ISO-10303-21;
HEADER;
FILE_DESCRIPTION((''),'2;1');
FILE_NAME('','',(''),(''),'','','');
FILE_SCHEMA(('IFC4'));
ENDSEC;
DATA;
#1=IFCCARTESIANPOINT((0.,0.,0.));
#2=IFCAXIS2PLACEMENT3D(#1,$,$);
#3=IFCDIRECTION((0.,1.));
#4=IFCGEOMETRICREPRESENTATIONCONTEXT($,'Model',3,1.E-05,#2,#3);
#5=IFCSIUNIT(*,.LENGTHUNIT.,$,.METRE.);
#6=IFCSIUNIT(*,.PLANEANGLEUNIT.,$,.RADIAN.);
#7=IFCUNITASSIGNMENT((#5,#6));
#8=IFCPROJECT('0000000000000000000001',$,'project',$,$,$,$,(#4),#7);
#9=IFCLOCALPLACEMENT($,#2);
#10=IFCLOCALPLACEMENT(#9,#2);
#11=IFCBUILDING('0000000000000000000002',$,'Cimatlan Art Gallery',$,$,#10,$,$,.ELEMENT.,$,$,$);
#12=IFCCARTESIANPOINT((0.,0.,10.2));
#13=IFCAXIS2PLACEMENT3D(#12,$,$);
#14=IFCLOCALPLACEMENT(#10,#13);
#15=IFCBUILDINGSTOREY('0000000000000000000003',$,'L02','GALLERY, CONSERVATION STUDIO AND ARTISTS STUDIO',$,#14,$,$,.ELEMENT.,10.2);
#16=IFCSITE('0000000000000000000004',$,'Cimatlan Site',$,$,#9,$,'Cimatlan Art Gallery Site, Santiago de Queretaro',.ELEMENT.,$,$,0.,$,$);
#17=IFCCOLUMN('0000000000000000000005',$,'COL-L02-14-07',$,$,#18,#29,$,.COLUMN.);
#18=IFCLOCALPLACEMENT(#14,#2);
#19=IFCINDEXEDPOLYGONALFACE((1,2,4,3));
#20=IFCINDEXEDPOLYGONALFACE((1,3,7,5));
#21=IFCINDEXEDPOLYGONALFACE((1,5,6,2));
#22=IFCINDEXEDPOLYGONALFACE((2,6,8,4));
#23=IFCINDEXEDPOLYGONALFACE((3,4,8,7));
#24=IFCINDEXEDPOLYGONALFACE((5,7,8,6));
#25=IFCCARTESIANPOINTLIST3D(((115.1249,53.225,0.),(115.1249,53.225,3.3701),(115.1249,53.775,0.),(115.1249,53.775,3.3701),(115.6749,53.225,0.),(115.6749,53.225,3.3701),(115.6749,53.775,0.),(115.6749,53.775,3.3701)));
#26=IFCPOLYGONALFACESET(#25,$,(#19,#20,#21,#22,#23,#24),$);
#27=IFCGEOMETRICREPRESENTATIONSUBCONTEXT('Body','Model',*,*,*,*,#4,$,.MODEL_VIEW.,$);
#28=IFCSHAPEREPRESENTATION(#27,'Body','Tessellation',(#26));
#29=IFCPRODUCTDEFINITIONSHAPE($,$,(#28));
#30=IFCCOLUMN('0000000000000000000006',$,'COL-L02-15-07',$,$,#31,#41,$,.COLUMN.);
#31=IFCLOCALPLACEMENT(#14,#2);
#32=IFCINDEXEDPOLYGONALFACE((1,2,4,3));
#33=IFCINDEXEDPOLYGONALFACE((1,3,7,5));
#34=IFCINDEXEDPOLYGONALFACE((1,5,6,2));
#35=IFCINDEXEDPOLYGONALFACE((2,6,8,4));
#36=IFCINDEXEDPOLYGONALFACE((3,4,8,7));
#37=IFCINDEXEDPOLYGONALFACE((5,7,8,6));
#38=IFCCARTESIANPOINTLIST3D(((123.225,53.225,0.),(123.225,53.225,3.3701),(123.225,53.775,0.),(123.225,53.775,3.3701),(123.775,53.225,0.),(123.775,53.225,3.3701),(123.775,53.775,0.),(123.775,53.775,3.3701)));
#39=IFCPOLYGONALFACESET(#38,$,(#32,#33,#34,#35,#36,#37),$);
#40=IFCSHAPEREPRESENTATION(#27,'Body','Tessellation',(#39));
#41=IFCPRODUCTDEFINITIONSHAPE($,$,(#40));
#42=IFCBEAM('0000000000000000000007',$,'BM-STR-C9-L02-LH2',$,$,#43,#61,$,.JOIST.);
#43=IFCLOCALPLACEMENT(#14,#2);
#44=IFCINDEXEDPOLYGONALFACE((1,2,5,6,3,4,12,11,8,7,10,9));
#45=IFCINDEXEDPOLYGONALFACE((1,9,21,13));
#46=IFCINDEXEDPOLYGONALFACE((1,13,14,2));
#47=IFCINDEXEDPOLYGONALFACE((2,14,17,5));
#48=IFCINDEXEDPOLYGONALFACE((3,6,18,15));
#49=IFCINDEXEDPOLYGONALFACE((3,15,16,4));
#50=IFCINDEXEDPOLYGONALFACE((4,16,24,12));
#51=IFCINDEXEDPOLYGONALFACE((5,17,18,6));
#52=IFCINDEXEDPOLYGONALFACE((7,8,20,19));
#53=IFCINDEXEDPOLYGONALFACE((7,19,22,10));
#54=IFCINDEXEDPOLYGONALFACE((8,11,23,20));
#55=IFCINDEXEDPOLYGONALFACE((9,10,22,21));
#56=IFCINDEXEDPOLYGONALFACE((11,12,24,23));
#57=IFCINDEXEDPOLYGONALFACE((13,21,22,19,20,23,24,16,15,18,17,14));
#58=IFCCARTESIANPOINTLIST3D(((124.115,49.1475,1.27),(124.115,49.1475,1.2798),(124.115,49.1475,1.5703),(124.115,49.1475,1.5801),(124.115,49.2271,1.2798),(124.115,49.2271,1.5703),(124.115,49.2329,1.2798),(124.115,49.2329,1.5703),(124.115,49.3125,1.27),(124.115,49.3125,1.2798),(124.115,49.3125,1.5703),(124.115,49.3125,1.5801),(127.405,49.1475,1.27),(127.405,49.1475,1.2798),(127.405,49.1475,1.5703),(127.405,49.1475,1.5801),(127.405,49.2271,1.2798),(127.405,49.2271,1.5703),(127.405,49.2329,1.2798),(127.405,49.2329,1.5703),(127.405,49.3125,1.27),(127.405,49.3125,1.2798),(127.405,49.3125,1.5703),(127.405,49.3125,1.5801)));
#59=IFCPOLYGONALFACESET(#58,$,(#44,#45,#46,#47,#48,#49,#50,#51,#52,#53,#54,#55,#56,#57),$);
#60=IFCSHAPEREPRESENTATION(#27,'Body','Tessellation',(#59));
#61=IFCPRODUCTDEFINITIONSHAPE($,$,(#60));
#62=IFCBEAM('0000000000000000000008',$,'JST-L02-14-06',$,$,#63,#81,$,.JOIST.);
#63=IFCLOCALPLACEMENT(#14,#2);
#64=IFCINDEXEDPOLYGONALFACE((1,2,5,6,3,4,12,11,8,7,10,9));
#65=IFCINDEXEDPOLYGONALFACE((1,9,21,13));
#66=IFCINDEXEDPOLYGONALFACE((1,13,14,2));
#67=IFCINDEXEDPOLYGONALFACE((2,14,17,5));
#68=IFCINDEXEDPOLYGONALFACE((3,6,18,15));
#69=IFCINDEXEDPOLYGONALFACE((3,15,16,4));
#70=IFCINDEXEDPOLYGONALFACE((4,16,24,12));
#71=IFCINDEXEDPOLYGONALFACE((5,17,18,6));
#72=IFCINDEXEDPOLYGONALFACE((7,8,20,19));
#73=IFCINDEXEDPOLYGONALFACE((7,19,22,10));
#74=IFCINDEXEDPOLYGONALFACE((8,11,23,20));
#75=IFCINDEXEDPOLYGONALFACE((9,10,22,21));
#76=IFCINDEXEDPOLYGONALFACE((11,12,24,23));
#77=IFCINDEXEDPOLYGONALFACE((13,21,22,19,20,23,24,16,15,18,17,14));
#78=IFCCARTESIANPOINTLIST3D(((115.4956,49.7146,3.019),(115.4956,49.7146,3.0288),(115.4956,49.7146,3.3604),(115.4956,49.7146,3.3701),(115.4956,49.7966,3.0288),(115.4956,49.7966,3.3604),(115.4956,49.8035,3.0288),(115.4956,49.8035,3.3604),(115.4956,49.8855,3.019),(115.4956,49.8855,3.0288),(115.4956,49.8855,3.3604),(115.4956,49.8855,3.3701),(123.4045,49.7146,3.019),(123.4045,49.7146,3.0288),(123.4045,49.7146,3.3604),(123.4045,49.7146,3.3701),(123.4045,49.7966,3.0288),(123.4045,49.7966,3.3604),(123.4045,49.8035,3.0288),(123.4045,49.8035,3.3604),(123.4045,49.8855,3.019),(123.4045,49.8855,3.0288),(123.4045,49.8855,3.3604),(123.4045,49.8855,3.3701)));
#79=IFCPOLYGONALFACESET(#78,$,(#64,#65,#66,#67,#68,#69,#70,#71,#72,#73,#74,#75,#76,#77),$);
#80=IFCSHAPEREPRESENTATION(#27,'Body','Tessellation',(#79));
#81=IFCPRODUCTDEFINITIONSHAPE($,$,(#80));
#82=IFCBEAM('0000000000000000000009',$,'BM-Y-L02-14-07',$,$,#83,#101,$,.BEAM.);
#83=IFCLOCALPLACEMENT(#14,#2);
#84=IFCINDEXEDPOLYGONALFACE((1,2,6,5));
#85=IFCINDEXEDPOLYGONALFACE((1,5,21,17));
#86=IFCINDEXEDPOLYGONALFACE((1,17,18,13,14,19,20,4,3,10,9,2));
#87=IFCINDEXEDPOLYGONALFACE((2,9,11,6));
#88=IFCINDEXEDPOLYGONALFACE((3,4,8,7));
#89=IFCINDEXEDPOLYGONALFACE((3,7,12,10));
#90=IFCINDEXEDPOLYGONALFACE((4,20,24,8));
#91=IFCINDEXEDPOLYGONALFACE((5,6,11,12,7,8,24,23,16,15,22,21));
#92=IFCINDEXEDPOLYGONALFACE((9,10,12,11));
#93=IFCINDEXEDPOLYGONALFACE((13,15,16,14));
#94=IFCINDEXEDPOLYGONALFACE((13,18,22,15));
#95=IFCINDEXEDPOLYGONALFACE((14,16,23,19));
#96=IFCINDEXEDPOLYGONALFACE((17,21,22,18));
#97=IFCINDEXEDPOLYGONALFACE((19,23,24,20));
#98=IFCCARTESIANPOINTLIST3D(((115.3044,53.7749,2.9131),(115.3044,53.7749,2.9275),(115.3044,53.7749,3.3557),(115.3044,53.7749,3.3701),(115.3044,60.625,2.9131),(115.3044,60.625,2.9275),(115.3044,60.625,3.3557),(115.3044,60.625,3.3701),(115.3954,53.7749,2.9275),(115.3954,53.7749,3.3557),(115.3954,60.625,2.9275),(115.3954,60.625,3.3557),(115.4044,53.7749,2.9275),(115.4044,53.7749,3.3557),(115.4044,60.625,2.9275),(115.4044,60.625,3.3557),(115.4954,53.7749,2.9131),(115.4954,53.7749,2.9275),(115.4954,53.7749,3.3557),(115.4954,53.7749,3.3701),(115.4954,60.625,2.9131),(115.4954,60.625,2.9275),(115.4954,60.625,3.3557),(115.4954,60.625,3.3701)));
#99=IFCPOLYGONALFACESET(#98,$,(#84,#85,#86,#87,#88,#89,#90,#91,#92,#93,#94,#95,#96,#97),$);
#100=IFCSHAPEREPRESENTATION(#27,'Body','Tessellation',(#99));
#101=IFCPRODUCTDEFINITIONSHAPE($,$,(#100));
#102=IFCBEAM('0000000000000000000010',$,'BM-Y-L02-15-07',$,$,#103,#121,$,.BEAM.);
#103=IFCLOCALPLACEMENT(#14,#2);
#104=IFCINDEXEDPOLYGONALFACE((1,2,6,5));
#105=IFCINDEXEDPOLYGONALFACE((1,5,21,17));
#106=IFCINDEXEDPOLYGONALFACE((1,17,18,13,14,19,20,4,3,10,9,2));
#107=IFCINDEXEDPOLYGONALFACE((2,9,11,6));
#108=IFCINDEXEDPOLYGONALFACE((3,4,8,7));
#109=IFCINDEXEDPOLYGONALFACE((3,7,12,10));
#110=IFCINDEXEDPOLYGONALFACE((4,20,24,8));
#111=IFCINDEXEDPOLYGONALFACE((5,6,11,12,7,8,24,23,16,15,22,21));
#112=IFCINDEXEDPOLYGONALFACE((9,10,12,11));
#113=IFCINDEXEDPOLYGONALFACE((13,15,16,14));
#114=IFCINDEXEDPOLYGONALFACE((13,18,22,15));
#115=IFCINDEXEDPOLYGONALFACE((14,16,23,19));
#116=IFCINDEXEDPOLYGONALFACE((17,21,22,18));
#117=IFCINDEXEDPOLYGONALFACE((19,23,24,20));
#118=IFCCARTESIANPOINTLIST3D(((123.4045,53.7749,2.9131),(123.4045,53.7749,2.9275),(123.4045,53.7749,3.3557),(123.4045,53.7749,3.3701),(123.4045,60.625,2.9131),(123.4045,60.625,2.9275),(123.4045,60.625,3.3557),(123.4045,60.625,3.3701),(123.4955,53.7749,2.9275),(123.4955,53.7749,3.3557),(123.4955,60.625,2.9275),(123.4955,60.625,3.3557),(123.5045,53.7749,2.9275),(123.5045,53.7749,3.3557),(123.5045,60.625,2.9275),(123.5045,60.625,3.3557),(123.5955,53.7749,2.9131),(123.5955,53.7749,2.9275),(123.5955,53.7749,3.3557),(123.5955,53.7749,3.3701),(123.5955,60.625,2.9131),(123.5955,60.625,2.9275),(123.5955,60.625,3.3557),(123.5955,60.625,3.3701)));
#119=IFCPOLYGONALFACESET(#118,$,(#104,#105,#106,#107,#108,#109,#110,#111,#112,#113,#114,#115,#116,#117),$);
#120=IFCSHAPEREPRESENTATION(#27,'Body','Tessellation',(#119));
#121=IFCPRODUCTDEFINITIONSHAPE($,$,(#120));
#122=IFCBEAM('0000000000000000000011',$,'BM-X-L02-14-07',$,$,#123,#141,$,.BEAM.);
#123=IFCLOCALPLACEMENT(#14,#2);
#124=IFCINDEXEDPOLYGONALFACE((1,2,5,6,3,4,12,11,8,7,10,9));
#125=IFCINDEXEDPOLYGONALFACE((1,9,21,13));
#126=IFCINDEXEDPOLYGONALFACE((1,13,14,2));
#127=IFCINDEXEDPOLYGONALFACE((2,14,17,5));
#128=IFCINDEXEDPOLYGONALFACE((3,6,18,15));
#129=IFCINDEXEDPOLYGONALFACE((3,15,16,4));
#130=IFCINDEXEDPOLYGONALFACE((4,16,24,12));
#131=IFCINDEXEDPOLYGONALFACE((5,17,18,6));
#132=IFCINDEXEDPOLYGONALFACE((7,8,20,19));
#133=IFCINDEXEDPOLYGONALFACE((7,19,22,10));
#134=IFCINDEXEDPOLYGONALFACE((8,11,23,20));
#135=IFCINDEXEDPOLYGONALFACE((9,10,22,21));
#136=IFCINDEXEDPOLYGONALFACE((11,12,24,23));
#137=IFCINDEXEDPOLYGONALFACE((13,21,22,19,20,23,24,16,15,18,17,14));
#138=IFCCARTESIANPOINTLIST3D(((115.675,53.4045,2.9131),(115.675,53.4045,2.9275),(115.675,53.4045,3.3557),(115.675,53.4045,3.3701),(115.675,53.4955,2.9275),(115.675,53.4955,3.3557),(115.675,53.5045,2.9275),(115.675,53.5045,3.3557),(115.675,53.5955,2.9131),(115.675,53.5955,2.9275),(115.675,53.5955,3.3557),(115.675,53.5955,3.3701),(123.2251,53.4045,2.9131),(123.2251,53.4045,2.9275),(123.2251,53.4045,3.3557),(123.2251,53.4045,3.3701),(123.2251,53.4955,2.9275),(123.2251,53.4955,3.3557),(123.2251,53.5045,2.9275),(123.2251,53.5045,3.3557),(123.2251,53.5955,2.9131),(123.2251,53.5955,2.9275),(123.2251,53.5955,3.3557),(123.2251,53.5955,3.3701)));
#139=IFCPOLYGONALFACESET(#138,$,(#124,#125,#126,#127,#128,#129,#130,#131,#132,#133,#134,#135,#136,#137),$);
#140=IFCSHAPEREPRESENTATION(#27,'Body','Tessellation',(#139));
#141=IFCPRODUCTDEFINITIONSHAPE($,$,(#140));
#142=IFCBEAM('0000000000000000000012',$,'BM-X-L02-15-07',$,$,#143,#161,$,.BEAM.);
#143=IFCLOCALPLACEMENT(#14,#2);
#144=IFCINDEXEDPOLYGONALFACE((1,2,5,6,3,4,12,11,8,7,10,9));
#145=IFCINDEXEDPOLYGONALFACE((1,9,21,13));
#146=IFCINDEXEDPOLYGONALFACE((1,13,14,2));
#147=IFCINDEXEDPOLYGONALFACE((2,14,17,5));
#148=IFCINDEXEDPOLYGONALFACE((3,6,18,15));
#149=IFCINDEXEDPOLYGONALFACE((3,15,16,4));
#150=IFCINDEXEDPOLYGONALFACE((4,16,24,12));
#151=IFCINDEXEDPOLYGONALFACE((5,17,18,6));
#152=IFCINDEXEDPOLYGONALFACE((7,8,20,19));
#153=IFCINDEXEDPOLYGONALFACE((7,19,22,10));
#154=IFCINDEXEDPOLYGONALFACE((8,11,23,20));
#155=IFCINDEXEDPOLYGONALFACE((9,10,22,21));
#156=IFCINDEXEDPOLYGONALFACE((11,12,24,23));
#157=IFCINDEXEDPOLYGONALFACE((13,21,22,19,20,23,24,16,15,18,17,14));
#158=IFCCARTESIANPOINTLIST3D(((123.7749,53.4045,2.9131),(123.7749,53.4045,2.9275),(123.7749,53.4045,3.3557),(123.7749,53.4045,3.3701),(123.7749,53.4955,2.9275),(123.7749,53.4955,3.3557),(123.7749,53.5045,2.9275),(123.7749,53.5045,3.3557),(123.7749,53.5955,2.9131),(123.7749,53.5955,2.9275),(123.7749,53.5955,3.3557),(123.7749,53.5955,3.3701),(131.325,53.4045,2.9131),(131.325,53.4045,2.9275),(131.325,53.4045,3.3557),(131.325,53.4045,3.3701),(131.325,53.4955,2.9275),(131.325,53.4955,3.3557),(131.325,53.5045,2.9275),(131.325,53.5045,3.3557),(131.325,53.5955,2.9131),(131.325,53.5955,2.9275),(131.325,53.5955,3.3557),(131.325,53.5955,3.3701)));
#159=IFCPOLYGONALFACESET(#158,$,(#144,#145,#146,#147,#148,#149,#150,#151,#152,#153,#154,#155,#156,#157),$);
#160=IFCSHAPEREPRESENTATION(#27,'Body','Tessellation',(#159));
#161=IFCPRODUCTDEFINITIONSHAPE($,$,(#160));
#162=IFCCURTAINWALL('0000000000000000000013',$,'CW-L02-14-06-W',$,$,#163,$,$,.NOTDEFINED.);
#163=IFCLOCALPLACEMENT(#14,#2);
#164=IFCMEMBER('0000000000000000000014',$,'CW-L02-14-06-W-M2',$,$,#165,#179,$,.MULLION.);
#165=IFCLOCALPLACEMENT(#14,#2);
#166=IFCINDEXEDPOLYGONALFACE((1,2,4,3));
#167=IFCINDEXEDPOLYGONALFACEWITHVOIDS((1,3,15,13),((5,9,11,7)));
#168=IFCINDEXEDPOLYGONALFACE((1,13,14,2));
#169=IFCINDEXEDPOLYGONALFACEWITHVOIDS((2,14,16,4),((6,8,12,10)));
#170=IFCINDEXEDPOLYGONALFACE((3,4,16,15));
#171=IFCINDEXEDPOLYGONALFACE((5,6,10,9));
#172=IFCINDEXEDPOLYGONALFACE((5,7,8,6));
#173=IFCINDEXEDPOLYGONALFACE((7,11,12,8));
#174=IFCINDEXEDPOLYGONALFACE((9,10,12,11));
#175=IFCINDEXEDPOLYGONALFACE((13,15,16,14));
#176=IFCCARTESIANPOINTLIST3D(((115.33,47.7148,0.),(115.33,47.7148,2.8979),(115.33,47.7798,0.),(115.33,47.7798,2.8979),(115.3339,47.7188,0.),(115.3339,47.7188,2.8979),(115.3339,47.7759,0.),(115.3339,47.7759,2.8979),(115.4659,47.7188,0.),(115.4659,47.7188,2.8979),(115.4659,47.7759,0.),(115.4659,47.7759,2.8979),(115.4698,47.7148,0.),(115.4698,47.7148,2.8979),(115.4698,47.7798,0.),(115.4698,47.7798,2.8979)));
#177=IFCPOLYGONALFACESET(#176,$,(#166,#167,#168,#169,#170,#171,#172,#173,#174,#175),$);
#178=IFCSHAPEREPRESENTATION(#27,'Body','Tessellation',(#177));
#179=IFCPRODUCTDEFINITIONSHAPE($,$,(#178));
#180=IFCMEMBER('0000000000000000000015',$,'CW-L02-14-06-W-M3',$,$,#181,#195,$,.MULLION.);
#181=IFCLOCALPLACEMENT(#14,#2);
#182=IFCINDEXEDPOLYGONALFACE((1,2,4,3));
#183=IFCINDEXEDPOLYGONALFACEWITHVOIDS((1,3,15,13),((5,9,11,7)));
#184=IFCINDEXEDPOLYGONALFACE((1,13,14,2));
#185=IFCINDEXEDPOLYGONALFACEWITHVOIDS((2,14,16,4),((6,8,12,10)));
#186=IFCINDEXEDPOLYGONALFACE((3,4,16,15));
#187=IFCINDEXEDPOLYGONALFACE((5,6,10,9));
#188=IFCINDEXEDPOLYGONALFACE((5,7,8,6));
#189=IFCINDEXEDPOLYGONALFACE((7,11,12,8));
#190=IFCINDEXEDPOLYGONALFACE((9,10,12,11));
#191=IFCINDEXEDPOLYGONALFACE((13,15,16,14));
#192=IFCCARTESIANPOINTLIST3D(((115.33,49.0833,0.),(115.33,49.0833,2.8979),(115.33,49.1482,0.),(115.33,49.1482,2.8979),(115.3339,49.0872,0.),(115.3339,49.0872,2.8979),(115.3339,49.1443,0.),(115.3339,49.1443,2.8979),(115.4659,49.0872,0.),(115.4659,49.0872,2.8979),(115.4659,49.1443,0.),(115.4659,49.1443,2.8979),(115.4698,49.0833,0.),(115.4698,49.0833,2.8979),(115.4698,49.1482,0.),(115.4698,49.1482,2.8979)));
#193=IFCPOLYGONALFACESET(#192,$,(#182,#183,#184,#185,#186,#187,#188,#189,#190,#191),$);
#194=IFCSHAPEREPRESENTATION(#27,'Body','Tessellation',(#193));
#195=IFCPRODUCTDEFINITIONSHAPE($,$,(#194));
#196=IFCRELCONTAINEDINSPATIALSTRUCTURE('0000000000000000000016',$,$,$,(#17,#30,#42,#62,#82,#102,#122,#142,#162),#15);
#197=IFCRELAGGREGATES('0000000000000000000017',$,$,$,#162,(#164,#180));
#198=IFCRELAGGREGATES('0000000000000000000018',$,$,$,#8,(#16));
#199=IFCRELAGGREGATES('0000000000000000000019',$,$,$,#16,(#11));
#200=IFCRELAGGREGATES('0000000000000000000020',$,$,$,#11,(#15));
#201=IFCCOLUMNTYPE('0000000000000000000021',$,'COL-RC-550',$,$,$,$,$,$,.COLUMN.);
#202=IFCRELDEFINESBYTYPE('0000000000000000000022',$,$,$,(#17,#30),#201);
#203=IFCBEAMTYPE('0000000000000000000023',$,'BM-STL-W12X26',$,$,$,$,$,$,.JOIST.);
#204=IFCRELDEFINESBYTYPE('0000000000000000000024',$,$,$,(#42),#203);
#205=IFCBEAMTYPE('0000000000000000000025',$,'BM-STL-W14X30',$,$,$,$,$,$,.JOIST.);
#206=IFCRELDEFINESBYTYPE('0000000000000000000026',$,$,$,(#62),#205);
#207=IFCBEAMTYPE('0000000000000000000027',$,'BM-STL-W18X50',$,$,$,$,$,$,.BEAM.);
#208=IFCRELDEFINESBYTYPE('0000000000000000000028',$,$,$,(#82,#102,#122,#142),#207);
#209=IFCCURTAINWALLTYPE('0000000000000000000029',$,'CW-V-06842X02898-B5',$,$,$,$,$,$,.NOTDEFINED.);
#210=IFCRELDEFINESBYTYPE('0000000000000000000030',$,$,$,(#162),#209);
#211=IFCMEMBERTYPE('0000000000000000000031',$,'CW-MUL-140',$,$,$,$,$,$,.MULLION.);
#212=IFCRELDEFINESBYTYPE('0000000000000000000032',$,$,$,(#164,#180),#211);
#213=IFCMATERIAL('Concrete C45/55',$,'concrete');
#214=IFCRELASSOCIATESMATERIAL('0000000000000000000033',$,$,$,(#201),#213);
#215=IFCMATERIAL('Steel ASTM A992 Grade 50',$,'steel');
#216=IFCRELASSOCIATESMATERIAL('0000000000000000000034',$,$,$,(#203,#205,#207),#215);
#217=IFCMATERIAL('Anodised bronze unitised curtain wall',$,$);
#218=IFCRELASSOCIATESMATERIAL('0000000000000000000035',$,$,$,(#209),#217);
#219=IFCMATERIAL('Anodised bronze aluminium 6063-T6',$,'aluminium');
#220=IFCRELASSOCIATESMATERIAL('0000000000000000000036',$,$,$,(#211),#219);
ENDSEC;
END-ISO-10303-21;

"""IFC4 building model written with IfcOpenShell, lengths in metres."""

from ifc_helpers import new_model, si_unit, direction, frame, origin, origin_2d, place, context, subcontext, project, spatial, rectangle, hollow_rectangle, i_section, extrude, material, material_profile, profile_set, type_object, element, aggregate, save


model = new_model("IFC4")

# Units and contexts
model_context = context("Model", 3, precision=1e-05, world=origin(), true_north=direction((0.0, 1.0)))
body_context = subcontext(model_context, "Body", "Model", "MODEL_VIEW")
ifc_project = project(units=[si_unit("LENGTHUNIT", "METRE"), si_unit("PLANEANGLEUNIT", "RADIAN")], contexts=[model_context])

# Site, building, storey
site_placement = place(None, origin())
site = spatial("IfcSite", under=ifc_project, at=site_placement, Name="Cimatlan Site", LongName="Cimatlan Art Gallery Site, Santiago de Queretaro", CompositionType="ELEMENT", RefElevation=0.0)
building_placement = place(site_placement, origin())
building = spatial("IfcBuilding", under=site, at=building_placement, Name="Cimatlan Art Gallery", CompositionType="ELEMENT")
storey_placement = place(building_placement, frame((0.0, 0.0, 10.2)))
storey = spatial("IfcBuildingStorey", under=building, at=storey_placement, Name="L02", Description="GALLERY, CONSERVATION STUDIO AND ARTISTS STUDIO", CompositionType="ELEMENT", Elevation=10.2)

# Columns
ifc_material_1 = material(Name="Concrete C45/55", Category="concrete")
ifc_material_profile_1 = material_profile(ifc_material_1, rectangle(XDim=0.55, YDim=0.55, at=origin_2d()), Name="RC550X550")
ifc_profile_set_1 = profile_set([ifc_material_profile_1], Name="Concrete C45/55")
column_type = type_object("IfcColumnType", Name="COL-RC-550", PredefinedType="COLUMN", material=ifc_profile_set_1)
for number, where, z_axis, x_axis, name in (
    (1, (115.3999, 53.5, 0.0), (0.0, 0.0, 1.0), (1.0, 0.0, 0.0), "COL-L02-14-07"),
    (2, (123.5, 53.5, 0.0), (0.0, 0.0, 1.0), (1.0, 0.0, 0.0), "COL-L02-15-07"),
):
    element("IfcColumn", number, at=place(storey_placement, frame(where, z_axis=z_axis, x_axis=x_axis)), inside=storey, type_object=column_type, Name=name, PredefinedType="COLUMN", context=body_context, shape_type="SweptSolid", body=[
        extrude(rectangle(XDim=0.55, YDim=0.55, at=origin_2d()), origin(), (0.0, 0.0, 1.0), 3.3701),
    ])

# Beams
ifc_material_2 = material(Name="Steel ASTM A992 Grade 50", Category="steel")
ifc_material_profile_2 = material_profile(ifc_material_2, i_section(OverallWidth=0.165, OverallDepth=0.3101, WebThickness=0.0059, FlangeThickness=0.0098, at=origin_2d()), Name="W12X26")
ifc_profile_set_2 = profile_set([ifc_material_profile_2], Name="Steel ASTM A992 Grade 50")
beam_type_1 = type_object("IfcBeamType", Name="BM-STL-W12X26", PredefinedType="JOIST", material=ifc_profile_set_2)
beam_1_placement = place(storey_placement, frame((124.115, 49.23, 1.425), z_axis=(1.0, 0.0, 0.0), x_axis=(0.0, 1.0, 0.0)))
element("IfcBeam", 3, at=beam_1_placement, inside=storey, type_object=beam_type_1, Name="BM-STR-C9-L02-LH2", PredefinedType="JOIST", context=body_context, shape_type="SweptSolid", body=[
    extrude(i_section(OverallWidth=0.165, OverallDepth=0.3101, WebThickness=0.0059, FlangeThickness=0.0098, at=origin_2d()), origin(), (0.0, 0.0, 1.0), 3.29),
])
ifc_material_profile_3 = material_profile(ifc_material_2, i_section(OverallWidth=0.1709, OverallDepth=0.3511, WebThickness=0.0068, FlangeThickness=0.0098, at=origin_2d()), Name="W14X30")
ifc_profile_set_3 = profile_set([ifc_material_profile_3], Name="Steel ASTM A992 Grade 50")
beam_type_2 = type_object("IfcBeamType", Name="BM-STL-W14X30", PredefinedType="JOIST", material=ifc_profile_set_3)
beam_2_placement = place(storey_placement, frame((115.4956, 49.8, 3.1946), z_axis=(1.0, 0.0, 0.0), x_axis=(0.0, 1.0, 0.0)))
element("IfcBeam", 4, at=beam_2_placement, inside=storey, type_object=beam_type_2, Name="JST-L02-14-06", PredefinedType="JOIST", context=body_context, shape_type="SweptSolid", body=[
    extrude(i_section(OverallWidth=0.1709, OverallDepth=0.3511, WebThickness=0.0068, FlangeThickness=0.0098, at=origin_2d()), origin(), (0.0, 0.0, 1.0), 7.9089),
])
ifc_material_profile_4 = material_profile(ifc_material_2, i_section(OverallWidth=0.1909, OverallDepth=0.457, WebThickness=0.009, FlangeThickness=0.0144, at=origin_2d()), Name="W18X50")
ifc_profile_set_4 = profile_set([ifc_material_profile_4], Name="Steel ASTM A992 Grade 50")
beam_type_3 = type_object("IfcBeamType", Name="BM-STL-W18X50", PredefinedType="BEAM", material=ifc_profile_set_4)
for number, where, z_axis, x_axis, name in (
    (5, (115.3999, 53.7749, 3.1416), (0.0, 1.0, 0.0), (-1.0, 0.0, 0.0), "BM-Y-L02-14-07"),
    (6, (123.5, 53.7749, 3.1416), (0.0, 1.0, 0.0), (-1.0, 0.0, 0.0), "BM-Y-L02-15-07"),
):
    element("IfcBeam", number, at=place(storey_placement, frame(where, z_axis=z_axis, x_axis=x_axis)), inside=storey, type_object=beam_type_3, Name=name, PredefinedType="BEAM", context=body_context, shape_type="SweptSolid", body=[
        extrude(i_section(OverallWidth=0.1909, OverallDepth=0.457, WebThickness=0.009, FlangeThickness=0.0144, at=origin_2d()), origin(), (0.0, 0.0, 1.0), 6.8501),
    ])
for number, where, z_axis, x_axis, name in (
    (7, (115.675, 53.5, 3.1416), (1.0, 0.0, 0.0), (0.0, 1.0, 0.0), "BM-X-L02-14-07"),
    (8, (123.7749, 53.5, 3.1416), (1.0, 0.0, 0.0), (0.0, 1.0, 0.0), "BM-X-L02-15-07"),
):
    element("IfcBeam", number, at=place(storey_placement, frame(where, z_axis=z_axis, x_axis=x_axis)), inside=storey, type_object=beam_type_3, Name=name, PredefinedType="BEAM", context=body_context, shape_type="SweptSolid", body=[
        extrude(i_section(OverallWidth=0.1909, OverallDepth=0.457, WebThickness=0.009, FlangeThickness=0.0144, at=origin_2d()), origin(), (0.0, 0.0, 1.0), 7.55),
    ])

# Curtain wall, members
ifc_material_3 = material(Name="Anodised bronze unitised curtain wall")
curtain_wall_type = type_object("IfcCurtainWallType", Name="CW-V-06842X02898-B5", PredefinedType="NOTDEFINED", material=ifc_material_3)
curtain_wall_placement = place(storey_placement, origin())
curtain_wall = element("IfcCurtainWall", 9, at=curtain_wall_placement, inside=storey, type_object=curtain_wall_type, Name="CW-L02-14-06-W", PredefinedType="NOTDEFINED")
ifc_material_4 = material(Name="Anodised bronze aluminium 6063-T6", Category="aluminium")
ifc_material_profile_5 = material_profile(ifc_material_4, hollow_rectangle(XDim=0.0649, YDim=0.1399, WallThickness=0.0039, at=origin_2d()), Name="ALU65X140X4")
ifc_profile_set_5 = profile_set([ifc_material_profile_5], Name="Anodised bronze aluminium 6063-T6")
member_type = type_object("IfcMemberType", Name="CW-MUL-140", PredefinedType="MULLION", material=ifc_profile_set_5)
member_1_placement = place(storey_placement, frame((115.3999, 47.7473, 0.0), z_axis=(0.0, 0.0, 1.0), x_axis=(0.0, 1.0, 0.0)))
member_1 = element("IfcMember", 10, at=member_1_placement, type_object=member_type, Name="CW-L02-14-06-W-M2", PredefinedType="MULLION", context=body_context, shape_type="SweptSolid", body=[
    extrude(hollow_rectangle(XDim=0.0649, YDim=0.1399, WallThickness=0.0039, at=origin_2d()), origin(), (0.0, 0.0, 1.0), 2.8979),
])
member_2_placement = place(storey_placement, frame((115.3999, 49.1157, 0.0), z_axis=(0.0, 0.0, 1.0), x_axis=(0.0, 1.0, 0.0)))
member_2 = element("IfcMember", 11, at=member_2_placement, type_object=member_type, Name="CW-L02-14-06-W-M3", PredefinedType="MULLION", context=body_context, shape_type="SweptSolid", body=[
    extrude(hollow_rectangle(XDim=0.0649, YDim=0.1399, WallThickness=0.0039, at=origin_2d()), origin(), (0.0, 0.0, 1.0), 2.8979),
])
aggregate(curtain_wall, [member_1, member_2])

save(model, "model.ifc")
